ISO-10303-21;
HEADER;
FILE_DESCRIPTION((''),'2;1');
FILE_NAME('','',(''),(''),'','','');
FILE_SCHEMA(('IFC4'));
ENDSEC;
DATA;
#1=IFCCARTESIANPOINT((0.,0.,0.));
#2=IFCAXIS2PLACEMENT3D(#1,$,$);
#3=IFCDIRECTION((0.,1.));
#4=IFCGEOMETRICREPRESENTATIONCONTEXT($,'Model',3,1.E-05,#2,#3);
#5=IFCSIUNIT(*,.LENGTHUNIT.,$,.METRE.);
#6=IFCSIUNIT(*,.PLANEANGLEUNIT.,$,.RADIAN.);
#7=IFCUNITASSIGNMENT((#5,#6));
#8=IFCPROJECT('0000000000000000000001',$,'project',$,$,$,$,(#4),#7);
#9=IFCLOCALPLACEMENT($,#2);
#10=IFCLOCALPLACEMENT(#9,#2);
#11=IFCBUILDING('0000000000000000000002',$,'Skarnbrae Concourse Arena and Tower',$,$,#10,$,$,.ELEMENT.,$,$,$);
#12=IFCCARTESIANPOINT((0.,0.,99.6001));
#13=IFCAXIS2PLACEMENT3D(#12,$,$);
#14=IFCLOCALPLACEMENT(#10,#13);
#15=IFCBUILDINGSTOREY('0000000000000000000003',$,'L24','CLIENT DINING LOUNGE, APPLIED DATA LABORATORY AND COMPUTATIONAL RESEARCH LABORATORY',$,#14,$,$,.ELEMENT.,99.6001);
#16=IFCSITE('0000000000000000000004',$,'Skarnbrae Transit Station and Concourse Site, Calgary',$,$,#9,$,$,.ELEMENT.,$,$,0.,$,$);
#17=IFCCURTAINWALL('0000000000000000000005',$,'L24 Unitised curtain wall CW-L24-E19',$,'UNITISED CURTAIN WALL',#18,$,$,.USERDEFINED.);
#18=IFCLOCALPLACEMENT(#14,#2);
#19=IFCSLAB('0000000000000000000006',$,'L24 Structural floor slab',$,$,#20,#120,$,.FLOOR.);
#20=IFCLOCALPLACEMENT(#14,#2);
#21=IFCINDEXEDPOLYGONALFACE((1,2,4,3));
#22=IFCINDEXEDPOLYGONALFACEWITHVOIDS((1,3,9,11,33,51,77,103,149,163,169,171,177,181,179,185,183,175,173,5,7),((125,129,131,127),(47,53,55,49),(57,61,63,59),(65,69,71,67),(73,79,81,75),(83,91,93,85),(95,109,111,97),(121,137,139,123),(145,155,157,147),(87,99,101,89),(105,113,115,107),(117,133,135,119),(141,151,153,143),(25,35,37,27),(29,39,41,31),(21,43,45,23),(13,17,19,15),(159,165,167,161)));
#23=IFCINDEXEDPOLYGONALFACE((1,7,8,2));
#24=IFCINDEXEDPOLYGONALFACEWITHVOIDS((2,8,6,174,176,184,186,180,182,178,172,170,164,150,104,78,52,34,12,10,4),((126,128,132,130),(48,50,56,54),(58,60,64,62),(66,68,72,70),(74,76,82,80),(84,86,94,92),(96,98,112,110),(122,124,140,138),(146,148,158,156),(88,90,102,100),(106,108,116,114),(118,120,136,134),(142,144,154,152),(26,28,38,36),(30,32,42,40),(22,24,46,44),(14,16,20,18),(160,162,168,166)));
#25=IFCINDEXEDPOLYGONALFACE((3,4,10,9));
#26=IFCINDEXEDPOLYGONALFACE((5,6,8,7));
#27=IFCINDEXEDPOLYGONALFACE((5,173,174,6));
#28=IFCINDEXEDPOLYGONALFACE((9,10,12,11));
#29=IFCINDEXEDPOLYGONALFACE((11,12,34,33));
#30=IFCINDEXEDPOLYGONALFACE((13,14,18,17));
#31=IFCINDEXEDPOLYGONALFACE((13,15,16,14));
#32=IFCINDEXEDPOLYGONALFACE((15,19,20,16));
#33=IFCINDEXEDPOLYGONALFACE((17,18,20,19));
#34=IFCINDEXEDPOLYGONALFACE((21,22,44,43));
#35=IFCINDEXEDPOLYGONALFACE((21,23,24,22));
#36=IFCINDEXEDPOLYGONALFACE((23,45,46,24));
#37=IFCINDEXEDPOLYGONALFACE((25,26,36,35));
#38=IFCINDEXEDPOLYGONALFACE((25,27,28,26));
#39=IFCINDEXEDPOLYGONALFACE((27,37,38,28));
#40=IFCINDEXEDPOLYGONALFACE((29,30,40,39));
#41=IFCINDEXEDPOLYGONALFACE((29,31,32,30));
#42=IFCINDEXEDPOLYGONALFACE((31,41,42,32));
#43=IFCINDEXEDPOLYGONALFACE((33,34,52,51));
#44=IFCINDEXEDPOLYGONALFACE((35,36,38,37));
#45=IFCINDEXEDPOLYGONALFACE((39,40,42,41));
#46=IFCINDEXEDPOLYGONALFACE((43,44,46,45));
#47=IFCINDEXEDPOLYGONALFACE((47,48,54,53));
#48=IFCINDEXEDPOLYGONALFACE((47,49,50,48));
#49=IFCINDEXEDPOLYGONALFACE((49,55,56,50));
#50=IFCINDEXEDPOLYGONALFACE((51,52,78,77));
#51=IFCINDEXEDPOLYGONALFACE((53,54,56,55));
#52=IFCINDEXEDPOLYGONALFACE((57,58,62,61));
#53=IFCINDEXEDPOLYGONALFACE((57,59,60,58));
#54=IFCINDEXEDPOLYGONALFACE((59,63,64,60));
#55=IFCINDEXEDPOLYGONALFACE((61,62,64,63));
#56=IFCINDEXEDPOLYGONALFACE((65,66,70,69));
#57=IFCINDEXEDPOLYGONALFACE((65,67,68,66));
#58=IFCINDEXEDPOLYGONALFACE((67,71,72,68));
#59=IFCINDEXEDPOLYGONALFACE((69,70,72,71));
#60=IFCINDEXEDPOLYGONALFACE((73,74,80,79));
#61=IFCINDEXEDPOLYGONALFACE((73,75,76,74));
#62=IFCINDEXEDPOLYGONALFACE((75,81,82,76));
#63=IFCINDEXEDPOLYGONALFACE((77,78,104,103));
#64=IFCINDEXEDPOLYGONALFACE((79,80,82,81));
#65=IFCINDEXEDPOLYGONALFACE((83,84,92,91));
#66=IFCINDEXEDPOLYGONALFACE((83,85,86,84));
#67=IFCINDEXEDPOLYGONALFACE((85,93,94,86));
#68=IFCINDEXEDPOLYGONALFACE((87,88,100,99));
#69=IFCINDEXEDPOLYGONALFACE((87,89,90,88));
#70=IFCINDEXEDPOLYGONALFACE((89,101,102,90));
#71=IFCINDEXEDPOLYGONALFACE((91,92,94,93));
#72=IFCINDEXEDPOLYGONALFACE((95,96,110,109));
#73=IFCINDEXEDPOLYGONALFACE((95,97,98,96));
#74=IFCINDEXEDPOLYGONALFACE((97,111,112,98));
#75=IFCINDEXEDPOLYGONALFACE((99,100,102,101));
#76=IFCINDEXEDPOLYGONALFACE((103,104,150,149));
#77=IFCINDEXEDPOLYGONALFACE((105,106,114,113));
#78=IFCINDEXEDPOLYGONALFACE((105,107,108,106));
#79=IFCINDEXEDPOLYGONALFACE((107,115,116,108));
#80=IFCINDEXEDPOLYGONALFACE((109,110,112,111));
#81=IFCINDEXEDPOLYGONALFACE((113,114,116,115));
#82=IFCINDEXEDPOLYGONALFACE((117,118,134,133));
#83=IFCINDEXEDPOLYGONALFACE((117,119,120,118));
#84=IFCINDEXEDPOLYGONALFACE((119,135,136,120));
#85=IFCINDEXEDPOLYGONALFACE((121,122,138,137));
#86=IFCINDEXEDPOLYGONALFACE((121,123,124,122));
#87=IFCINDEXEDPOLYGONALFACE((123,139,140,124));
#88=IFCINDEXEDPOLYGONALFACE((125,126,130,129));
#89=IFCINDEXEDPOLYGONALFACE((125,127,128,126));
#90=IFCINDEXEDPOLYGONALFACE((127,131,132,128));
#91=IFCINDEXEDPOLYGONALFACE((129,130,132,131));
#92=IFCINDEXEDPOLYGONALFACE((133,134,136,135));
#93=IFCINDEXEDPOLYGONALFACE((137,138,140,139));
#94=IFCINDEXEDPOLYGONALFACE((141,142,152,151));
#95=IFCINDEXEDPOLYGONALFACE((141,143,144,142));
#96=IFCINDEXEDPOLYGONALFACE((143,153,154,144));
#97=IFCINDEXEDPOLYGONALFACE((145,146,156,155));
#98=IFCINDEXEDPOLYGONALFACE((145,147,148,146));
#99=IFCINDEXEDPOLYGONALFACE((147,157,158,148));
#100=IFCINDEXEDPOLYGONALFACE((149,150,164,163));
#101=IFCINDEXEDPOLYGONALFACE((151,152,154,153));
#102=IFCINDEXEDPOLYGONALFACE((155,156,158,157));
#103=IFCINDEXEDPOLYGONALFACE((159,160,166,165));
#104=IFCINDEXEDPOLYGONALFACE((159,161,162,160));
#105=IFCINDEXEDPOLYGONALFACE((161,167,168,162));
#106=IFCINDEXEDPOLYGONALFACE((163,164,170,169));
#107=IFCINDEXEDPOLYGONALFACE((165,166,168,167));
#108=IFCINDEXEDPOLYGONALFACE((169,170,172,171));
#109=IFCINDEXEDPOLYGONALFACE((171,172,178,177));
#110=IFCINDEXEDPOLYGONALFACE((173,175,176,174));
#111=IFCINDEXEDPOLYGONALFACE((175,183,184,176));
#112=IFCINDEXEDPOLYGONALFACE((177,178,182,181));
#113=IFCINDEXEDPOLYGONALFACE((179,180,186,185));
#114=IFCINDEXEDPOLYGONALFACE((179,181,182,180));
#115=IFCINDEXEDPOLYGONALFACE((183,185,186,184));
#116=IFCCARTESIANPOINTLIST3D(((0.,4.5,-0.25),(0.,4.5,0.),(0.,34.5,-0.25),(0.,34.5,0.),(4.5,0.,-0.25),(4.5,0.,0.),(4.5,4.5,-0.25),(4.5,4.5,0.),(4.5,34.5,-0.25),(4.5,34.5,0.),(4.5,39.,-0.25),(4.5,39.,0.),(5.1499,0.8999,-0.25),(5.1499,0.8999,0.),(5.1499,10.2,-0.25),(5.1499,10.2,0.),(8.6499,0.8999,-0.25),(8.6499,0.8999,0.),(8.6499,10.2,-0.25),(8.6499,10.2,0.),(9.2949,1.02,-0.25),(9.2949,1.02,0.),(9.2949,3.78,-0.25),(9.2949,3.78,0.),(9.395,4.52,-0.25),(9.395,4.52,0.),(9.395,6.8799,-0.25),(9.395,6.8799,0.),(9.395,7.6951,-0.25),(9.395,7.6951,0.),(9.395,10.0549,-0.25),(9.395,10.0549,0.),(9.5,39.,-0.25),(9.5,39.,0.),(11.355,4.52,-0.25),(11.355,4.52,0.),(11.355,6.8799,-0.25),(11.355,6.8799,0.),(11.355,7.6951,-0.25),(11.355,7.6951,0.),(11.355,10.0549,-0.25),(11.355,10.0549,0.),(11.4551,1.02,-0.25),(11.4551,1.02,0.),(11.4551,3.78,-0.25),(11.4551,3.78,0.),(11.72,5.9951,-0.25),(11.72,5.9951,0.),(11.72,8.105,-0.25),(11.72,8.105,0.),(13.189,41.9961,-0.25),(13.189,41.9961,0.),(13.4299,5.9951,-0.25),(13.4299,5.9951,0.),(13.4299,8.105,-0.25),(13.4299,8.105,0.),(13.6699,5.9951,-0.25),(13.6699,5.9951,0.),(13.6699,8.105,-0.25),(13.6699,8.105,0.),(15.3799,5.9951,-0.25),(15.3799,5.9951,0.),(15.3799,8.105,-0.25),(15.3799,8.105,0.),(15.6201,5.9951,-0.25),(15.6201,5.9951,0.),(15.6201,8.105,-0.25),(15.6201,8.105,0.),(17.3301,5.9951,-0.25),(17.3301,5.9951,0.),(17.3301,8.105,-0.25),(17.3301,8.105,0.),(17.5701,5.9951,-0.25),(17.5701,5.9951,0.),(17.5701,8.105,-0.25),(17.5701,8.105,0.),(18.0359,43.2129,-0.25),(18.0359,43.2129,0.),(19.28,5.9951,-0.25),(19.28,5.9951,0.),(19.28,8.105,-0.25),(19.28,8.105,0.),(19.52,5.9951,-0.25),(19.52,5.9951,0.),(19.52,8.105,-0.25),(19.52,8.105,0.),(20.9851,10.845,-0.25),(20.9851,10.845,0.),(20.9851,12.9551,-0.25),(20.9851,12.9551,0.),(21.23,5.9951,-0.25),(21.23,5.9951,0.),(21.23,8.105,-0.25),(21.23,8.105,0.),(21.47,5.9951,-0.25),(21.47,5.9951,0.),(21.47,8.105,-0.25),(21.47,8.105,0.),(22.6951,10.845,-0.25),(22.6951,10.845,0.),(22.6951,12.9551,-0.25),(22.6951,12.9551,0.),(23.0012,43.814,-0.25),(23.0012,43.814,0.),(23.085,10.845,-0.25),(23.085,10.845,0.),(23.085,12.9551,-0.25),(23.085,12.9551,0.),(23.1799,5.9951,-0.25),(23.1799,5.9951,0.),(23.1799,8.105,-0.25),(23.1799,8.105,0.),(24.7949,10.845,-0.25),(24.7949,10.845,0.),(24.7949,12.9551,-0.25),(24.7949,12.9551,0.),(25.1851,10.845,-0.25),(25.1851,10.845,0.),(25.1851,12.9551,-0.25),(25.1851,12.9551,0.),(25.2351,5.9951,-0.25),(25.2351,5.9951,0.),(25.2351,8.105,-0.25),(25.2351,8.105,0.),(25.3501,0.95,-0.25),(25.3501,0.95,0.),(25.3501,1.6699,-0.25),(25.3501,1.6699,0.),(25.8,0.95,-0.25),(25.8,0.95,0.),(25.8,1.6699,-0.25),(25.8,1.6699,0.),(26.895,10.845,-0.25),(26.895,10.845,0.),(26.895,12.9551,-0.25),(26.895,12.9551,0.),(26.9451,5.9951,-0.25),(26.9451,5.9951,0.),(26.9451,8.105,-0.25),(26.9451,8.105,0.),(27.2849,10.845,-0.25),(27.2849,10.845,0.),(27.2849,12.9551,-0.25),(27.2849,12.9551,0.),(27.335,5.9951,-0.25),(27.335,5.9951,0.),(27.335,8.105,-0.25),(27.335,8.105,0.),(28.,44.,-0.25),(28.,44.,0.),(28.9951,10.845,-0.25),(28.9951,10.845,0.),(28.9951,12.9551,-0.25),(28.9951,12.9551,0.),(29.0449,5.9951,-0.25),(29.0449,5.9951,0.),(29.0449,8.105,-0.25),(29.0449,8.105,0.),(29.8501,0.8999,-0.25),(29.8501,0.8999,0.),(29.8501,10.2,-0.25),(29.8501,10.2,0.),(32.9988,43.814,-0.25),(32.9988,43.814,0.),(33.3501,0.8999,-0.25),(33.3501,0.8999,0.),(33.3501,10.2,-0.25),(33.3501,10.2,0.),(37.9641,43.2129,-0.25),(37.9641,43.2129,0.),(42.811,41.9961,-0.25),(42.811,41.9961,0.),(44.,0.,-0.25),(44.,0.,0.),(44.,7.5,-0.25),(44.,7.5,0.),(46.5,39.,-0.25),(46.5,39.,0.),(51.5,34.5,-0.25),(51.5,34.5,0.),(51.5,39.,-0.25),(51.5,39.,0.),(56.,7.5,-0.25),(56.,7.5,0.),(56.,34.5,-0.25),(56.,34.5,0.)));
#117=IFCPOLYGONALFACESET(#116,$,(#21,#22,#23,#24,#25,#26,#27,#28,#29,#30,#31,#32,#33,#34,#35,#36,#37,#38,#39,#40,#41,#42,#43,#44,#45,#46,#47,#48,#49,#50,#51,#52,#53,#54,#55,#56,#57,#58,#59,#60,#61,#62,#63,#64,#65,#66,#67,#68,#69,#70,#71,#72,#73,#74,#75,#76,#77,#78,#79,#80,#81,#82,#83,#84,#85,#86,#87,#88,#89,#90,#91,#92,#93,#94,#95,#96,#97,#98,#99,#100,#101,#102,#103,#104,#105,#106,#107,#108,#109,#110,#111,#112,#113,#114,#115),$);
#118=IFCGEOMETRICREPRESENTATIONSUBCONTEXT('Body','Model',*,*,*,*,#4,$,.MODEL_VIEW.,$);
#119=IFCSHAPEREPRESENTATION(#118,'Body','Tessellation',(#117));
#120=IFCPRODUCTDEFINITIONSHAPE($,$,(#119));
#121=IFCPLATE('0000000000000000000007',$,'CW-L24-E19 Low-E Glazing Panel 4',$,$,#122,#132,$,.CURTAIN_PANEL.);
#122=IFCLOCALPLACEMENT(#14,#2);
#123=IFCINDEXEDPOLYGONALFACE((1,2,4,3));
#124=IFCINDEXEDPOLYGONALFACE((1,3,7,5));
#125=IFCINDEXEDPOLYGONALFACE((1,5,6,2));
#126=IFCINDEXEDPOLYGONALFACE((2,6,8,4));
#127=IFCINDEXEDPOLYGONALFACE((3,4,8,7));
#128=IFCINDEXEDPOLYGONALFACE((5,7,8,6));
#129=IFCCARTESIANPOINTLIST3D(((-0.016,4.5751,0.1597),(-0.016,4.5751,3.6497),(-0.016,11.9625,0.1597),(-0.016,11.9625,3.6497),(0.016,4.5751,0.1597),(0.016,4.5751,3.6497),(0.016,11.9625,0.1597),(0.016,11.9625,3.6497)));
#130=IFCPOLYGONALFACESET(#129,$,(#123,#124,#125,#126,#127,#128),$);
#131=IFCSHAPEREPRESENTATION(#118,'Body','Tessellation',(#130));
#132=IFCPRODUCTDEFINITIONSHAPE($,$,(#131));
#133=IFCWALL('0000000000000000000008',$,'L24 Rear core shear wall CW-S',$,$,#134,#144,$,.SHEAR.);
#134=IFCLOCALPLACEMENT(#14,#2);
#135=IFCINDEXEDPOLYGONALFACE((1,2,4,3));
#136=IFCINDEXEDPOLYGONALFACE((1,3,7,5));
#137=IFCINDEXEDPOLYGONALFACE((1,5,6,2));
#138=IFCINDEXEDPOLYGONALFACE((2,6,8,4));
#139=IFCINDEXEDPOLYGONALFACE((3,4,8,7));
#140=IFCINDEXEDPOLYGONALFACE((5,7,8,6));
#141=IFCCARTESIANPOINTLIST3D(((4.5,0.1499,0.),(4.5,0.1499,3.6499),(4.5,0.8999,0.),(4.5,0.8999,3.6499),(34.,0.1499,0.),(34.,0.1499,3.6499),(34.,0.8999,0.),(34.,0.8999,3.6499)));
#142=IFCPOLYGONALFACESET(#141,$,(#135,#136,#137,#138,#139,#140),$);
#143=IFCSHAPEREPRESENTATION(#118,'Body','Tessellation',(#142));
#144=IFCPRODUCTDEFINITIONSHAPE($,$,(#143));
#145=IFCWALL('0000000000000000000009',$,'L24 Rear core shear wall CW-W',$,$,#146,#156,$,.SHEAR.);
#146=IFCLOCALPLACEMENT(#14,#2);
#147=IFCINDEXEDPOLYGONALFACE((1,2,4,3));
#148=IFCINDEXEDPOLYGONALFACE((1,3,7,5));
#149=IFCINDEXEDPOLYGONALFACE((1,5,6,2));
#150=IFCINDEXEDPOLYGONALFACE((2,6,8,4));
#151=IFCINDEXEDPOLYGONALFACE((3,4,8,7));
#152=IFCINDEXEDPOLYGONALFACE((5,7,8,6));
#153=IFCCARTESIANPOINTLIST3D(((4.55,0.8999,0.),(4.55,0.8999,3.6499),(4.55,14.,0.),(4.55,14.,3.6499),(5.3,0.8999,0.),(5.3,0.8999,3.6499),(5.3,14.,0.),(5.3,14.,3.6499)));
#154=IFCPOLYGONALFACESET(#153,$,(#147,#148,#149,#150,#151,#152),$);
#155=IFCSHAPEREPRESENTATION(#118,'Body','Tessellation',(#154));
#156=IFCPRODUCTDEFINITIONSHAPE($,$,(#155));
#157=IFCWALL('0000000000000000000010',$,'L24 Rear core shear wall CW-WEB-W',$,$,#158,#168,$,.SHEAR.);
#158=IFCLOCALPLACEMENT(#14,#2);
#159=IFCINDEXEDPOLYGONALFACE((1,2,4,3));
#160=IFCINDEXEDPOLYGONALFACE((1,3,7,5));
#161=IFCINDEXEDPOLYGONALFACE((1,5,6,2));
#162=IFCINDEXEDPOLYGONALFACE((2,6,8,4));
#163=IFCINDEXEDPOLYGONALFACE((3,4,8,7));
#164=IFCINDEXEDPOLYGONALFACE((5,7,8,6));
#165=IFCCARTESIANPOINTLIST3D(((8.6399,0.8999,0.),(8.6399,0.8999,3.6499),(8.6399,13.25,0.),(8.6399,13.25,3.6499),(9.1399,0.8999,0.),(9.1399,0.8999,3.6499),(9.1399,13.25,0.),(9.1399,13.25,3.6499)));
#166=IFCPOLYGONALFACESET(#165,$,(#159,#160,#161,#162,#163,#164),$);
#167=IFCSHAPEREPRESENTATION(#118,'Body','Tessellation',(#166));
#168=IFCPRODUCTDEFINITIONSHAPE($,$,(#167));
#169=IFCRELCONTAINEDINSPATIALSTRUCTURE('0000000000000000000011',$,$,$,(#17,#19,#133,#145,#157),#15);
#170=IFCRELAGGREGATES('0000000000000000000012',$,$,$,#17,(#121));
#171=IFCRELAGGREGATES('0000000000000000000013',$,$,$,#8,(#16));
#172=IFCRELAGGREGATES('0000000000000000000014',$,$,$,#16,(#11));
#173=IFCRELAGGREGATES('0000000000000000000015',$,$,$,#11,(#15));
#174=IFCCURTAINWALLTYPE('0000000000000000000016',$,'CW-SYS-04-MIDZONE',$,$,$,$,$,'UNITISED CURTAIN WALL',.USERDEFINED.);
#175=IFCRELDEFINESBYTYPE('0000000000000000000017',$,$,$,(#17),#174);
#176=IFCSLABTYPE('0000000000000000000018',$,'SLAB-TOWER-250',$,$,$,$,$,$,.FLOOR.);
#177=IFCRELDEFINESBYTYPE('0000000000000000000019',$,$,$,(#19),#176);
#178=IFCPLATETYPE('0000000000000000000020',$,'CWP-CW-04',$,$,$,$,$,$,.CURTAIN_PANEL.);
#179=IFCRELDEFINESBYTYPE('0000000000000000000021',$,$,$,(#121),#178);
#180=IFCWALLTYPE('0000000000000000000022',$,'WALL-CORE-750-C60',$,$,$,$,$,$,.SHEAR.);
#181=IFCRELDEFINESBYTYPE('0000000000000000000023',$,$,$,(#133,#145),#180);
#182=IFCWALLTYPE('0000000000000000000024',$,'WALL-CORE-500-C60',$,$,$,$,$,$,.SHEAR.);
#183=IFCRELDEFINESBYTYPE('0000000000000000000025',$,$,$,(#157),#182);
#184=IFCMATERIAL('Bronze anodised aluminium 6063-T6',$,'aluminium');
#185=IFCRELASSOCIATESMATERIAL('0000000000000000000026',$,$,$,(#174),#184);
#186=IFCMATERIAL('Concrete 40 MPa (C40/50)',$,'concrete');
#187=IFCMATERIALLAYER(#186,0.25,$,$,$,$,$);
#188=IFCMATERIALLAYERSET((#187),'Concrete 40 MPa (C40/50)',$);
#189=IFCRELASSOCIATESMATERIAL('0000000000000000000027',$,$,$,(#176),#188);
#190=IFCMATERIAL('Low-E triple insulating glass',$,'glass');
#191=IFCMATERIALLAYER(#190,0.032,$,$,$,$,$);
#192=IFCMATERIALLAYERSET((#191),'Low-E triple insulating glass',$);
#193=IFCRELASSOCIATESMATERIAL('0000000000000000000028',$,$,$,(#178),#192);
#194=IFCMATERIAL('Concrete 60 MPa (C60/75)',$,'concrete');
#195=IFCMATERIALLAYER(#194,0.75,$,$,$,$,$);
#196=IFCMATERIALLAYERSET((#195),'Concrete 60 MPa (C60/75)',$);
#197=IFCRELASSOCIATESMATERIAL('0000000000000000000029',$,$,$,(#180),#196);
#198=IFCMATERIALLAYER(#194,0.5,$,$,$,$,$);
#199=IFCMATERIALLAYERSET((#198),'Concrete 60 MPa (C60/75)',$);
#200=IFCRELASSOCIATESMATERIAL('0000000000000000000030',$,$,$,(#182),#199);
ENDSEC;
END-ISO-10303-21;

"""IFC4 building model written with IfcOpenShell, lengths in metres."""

from ifc_helpers import new_model, si_unit, direction, frame, frame_2d, origin, origin_2d, place, context, subcontext, project, spatial, polyline, rectangle, outline, extrude, source, transform, mapped, material, layer, layer_set, type_object, element, aggregate, save


model = new_model("IFC4")

# Units and contexts
model_context = context("Model", 3, precision=1e-05, world=origin(), true_north=direction((0.0, 1.0)))
body_context = subcontext(model_context, "Body", "Model", "MODEL_VIEW")
ifc_project = project(units=[si_unit("LENGTHUNIT", "METRE"), si_unit("PLANEANGLEUNIT", "RADIAN")], contexts=[model_context])

# Site, building, storey
site_placement = place(None, origin())
site = spatial("IfcSite", under=ifc_project, at=site_placement, Name="Skarnbrae Transit Station and Concourse Site, Calgary", CompositionType="ELEMENT", RefElevation=0.0)
building_placement = place(site_placement, origin())
building = spatial("IfcBuilding", under=site, at=building_placement, Name="Skarnbrae Concourse Arena and Tower", CompositionType="ELEMENT")
storey_placement = place(building_placement, frame((0.0, 0.0, 99.6001)))
storey = spatial("IfcBuildingStorey", under=building, at=storey_placement, Name="L24", Description="CLIENT DINING LOUNGE, APPLIED DATA LABORATORY AND COMPUTATIONAL RESEARCH LABORATORY", CompositionType="ELEMENT", Elevation=99.6001)

# Curtain wall
ifc_material_1 = material(Name="Bronze anodised aluminium 6063-T6", Category="aluminium")
curtain_wall_type = type_object("IfcCurtainWallType", Name="CW-SYS-04-MIDZONE", ElementType="UNITISED CURTAIN WALL", PredefinedType="USERDEFINED", material=ifc_material_1)
curtain_wall_placement = place(storey_placement, origin())
curtain_wall = element("IfcCurtainWall", 1, at=curtain_wall_placement, inside=storey, type_object=curtain_wall_type, Name="L24 Unitised curtain wall CW-L24-E19", ObjectType="UNITISED CURTAIN WALL", PredefinedType="USERDEFINED")

# Shared definitions
ifc_material_2 = material(Name="Concrete 40 MPa (C40/50)", Category="concrete")

# Slab
ifc_layer_1 = layer(ifc_material_2, 0.25)
ifc_layer_set_1 = layer_set([ifc_layer_1], Name="Concrete 40 MPa (C40/50)")
slab_type_1 = type_object("IfcSlabType", Name="SLAB-TOWER-250", PredefinedType="FLOOR", material=ifc_layer_set_1)
slab_1_placement = place(storey_placement, frame((0.0, 0.0, -0.25)))
element("IfcSlab", 2, at=slab_1_placement, inside=storey, type_object=slab_type_1, Name="L24 Structural floor slab", PredefinedType="FLOOR", context=body_context, shape_type="SweptSolid", body=[
    extrude(outline(polyline([(4.5, 0.0), (44.0, 0.0), (44.0, 7.5), (56.0, 7.5), (56.0, 34.5), (51.5, 34.5), (51.5, 39.0), (46.5, 39.0), (42.811, 41.9961), (37.9641, 43.2129), (32.9988, 43.814), (28.0, 44.0), (23.0012, 43.814), (18.0359, 43.2129), (13.189, 41.9961), (9.5, 39.0), (4.5, 39.0), (4.5, 34.5), (0.0, 34.5), (0.0, 4.5), (4.5, 4.5), (4.5, 0.0)]), holes=[polyline([(9.2949, 3.78), (11.4551, 3.78), (11.4551, 1.02), (9.2949, 1.02), (9.2949, 3.78)]), polyline([(8.6499, 10.2), (8.6499, 0.8999), (5.1499, 0.8999), (5.1499, 10.2), (8.6499, 10.2)]), polyline([(9.395, 6.8799), (11.355, 6.8799), (11.355, 4.52), (9.395, 4.52), (9.395, 6.8799)]), polyline([(11.72, 8.105), (13.4299, 8.105), (13.4299, 5.9951), (11.72, 5.9951), (11.72, 8.105)]), polyline([(13.6699, 8.105), (15.3799, 8.105), (15.3799, 5.9951), (13.6699, 5.9951), (13.6699, 8.105)]), polyline([(15.6201, 8.105), (17.3301, 8.105), (17.3301, 5.9951), (15.6201, 5.9951), (15.6201, 8.105)]), polyline([(17.5701, 8.105), (19.28, 8.105), (19.28, 5.9951), (17.5701, 5.9951), (17.5701, 8.105)]), polyline([(21.23, 8.105), (21.23, 5.9951), (19.52, 5.9951), (19.52, 8.105), (21.23, 8.105)]), polyline([(11.355, 10.0549), (11.355, 7.6951), (9.395, 7.6951), (9.395, 10.0549), (11.355, 10.0549)]), polyline([(25.3501, 1.6699), (25.8, 1.6699), (25.8, 0.95), (25.3501, 0.95), (25.3501, 1.6699)]), polyline([(33.3501, 10.2), (33.3501, 0.8999), (29.8501, 0.8999), (29.8501, 10.2), (33.3501, 10.2)]), polyline([(21.47, 8.105), (23.1799, 8.105), (23.1799, 5.9951), (21.47, 5.9951), (21.47, 8.105)]), polyline([(25.2351, 8.105), (26.9451, 8.105), (26.9451, 5.9951), (25.2351, 5.9951), (25.2351, 8.105)]), polyline([(27.335, 8.105), (29.0449, 8.105), (29.0449, 5.9951), (27.335, 5.9951), (27.335, 8.105)]), polyline([(20.9851, 12.9551), (22.6951, 12.9551), (22.6951, 10.845), (20.9851, 10.845), (20.9851, 12.9551)]), polyline([(23.085, 12.9551), (24.7949, 12.9551), (24.7949, 10.845), (23.085, 10.845), (23.085, 12.9551)]), polyline([(26.895, 12.9551), (26.895, 10.845), (25.1851, 10.845), (25.1851, 12.9551), (26.895, 12.9551)]), polyline([(28.9951, 12.9551), (28.9951, 10.845), (27.2849, 10.845), (27.2849, 12.9551), (28.9951, 12.9551)])]), origin(), (0.0, 0.0, 1.0), 0.25),
])

# Plate
ifc_material_3 = material(Name="Low-E triple insulating glass", Category="glass")
ifc_layer_2 = layer(ifc_material_3, 0.032)
ifc_layer_set_2 = layer_set([ifc_layer_2], Name="Low-E triple insulating glass")
plate_type = type_object("IfcPlateType", Name="CWP-CW-04", PredefinedType="CURTAIN_PANEL", material=ifc_layer_set_2)
shared_shape_1 = source(origin(), body_context, "Body", "SweptSolid", [
    extrude(rectangle(XDim=7.3875, YDim=0.032, at=origin_2d()), origin(), (0.0, 0.0, 1.0), 3.49),
])
plate_placement = place(storey_placement, frame((0.0, 8.2688, 0.1597), z_axis=(0.0, 0.0, 1.0), x_axis=(0.0, -1.0, 0.0)))
plate = element("IfcPlate", 3, at=plate_placement, type_object=plate_type, Name="CW-L24-E19 Low-E Glazing Panel 4", PredefinedType="CURTAIN_PANEL", context=body_context, shape_type="MappedRepresentation", body=[
    mapped(shared_shape_1, transform((0.0, 0.0, 0.0))),
])
aggregate(curtain_wall, [plate])

# Walls
ifc_material_4 = material(Name="Concrete 60 MPa (C60/75)", Category="concrete")
ifc_layer_3 = layer(ifc_material_4, 0.75)
ifc_layer_set_3 = layer_set([ifc_layer_3], Name="Concrete 60 MPa (C60/75)")
wall_type_1 = type_object("IfcWallType", Name="WALL-CORE-750-C60", PredefinedType="SHEAR", material=ifc_layer_set_3)
shared_shape_2 = source(origin(), body_context, "Body", "SweptSolid", [
    extrude(rectangle(XDim=29.5, YDim=0.75, at=frame_2d((14.75, 0.0))), origin(), (0.0, 0.0, 1.0), 3.6499),
])
wall_1_placement = place(storey_placement, frame((4.5, 0.5249, 0.0), z_axis=(0.0, 0.0, 1.0), x_axis=(1.0, 0.0, 0.0)))
element("IfcWall", 4, at=wall_1_placement, inside=storey, type_object=wall_type_1, Name="L24 Rear core shear wall CW-S", PredefinedType="SHEAR", context=body_context, shape_type="MappedRepresentation", body=[
    mapped(shared_shape_2, transform((0.0, 0.0, 0.0))),
])
shared_shape_3 = source(origin(), body_context, "Body", "SweptSolid", [
    extrude(rectangle(XDim=13.1001, YDim=0.75, at=frame_2d((6.55, 0.0))), origin(), (0.0, 0.0, 1.0), 3.6499),
])
wall_2_placement = place(storey_placement, frame((4.925, 0.8999, 0.0), z_axis=(0.0, 0.0, 1.0), x_axis=(0.0, 1.0, 0.0)))
element("IfcWall", 5, at=wall_2_placement, inside=storey, type_object=wall_type_1, Name="L24 Rear core shear wall CW-W", PredefinedType="SHEAR", context=body_context, shape_type="MappedRepresentation", body=[
    mapped(shared_shape_3, transform((0.0, 0.0, 0.0))),
])
ifc_layer_4 = layer(ifc_material_4, 0.5)
ifc_layer_set_4 = layer_set([ifc_layer_4], Name="Concrete 60 MPa (C60/75)")
wall_type_2 = type_object("IfcWallType", Name="WALL-CORE-500-C60", PredefinedType="SHEAR", material=ifc_layer_set_4)
shared_shape_4 = source(origin(), body_context, "Body", "SweptSolid", [
    extrude(rectangle(XDim=12.3501, YDim=0.5, at=frame_2d((6.175, 0.0))), origin(), (0.0, 0.0, 1.0), 3.6499),
])
wall_3_placement = place(storey_placement, frame((8.8899, 0.8999, 0.0), z_axis=(0.0, 0.0, 1.0), x_axis=(0.0, 1.0, 0.0)))
element("IfcWall", 6, at=wall_3_placement, inside=storey, type_object=wall_type_2, Name="L24 Rear core shear wall CW-WEB-W", PredefinedType="SHEAR", context=body_context, shape_type="MappedRepresentation", body=[
    mapped(shared_shape_4, transform((0.0, 0.0, 0.0))),
])

save(model, "model.ifc")
